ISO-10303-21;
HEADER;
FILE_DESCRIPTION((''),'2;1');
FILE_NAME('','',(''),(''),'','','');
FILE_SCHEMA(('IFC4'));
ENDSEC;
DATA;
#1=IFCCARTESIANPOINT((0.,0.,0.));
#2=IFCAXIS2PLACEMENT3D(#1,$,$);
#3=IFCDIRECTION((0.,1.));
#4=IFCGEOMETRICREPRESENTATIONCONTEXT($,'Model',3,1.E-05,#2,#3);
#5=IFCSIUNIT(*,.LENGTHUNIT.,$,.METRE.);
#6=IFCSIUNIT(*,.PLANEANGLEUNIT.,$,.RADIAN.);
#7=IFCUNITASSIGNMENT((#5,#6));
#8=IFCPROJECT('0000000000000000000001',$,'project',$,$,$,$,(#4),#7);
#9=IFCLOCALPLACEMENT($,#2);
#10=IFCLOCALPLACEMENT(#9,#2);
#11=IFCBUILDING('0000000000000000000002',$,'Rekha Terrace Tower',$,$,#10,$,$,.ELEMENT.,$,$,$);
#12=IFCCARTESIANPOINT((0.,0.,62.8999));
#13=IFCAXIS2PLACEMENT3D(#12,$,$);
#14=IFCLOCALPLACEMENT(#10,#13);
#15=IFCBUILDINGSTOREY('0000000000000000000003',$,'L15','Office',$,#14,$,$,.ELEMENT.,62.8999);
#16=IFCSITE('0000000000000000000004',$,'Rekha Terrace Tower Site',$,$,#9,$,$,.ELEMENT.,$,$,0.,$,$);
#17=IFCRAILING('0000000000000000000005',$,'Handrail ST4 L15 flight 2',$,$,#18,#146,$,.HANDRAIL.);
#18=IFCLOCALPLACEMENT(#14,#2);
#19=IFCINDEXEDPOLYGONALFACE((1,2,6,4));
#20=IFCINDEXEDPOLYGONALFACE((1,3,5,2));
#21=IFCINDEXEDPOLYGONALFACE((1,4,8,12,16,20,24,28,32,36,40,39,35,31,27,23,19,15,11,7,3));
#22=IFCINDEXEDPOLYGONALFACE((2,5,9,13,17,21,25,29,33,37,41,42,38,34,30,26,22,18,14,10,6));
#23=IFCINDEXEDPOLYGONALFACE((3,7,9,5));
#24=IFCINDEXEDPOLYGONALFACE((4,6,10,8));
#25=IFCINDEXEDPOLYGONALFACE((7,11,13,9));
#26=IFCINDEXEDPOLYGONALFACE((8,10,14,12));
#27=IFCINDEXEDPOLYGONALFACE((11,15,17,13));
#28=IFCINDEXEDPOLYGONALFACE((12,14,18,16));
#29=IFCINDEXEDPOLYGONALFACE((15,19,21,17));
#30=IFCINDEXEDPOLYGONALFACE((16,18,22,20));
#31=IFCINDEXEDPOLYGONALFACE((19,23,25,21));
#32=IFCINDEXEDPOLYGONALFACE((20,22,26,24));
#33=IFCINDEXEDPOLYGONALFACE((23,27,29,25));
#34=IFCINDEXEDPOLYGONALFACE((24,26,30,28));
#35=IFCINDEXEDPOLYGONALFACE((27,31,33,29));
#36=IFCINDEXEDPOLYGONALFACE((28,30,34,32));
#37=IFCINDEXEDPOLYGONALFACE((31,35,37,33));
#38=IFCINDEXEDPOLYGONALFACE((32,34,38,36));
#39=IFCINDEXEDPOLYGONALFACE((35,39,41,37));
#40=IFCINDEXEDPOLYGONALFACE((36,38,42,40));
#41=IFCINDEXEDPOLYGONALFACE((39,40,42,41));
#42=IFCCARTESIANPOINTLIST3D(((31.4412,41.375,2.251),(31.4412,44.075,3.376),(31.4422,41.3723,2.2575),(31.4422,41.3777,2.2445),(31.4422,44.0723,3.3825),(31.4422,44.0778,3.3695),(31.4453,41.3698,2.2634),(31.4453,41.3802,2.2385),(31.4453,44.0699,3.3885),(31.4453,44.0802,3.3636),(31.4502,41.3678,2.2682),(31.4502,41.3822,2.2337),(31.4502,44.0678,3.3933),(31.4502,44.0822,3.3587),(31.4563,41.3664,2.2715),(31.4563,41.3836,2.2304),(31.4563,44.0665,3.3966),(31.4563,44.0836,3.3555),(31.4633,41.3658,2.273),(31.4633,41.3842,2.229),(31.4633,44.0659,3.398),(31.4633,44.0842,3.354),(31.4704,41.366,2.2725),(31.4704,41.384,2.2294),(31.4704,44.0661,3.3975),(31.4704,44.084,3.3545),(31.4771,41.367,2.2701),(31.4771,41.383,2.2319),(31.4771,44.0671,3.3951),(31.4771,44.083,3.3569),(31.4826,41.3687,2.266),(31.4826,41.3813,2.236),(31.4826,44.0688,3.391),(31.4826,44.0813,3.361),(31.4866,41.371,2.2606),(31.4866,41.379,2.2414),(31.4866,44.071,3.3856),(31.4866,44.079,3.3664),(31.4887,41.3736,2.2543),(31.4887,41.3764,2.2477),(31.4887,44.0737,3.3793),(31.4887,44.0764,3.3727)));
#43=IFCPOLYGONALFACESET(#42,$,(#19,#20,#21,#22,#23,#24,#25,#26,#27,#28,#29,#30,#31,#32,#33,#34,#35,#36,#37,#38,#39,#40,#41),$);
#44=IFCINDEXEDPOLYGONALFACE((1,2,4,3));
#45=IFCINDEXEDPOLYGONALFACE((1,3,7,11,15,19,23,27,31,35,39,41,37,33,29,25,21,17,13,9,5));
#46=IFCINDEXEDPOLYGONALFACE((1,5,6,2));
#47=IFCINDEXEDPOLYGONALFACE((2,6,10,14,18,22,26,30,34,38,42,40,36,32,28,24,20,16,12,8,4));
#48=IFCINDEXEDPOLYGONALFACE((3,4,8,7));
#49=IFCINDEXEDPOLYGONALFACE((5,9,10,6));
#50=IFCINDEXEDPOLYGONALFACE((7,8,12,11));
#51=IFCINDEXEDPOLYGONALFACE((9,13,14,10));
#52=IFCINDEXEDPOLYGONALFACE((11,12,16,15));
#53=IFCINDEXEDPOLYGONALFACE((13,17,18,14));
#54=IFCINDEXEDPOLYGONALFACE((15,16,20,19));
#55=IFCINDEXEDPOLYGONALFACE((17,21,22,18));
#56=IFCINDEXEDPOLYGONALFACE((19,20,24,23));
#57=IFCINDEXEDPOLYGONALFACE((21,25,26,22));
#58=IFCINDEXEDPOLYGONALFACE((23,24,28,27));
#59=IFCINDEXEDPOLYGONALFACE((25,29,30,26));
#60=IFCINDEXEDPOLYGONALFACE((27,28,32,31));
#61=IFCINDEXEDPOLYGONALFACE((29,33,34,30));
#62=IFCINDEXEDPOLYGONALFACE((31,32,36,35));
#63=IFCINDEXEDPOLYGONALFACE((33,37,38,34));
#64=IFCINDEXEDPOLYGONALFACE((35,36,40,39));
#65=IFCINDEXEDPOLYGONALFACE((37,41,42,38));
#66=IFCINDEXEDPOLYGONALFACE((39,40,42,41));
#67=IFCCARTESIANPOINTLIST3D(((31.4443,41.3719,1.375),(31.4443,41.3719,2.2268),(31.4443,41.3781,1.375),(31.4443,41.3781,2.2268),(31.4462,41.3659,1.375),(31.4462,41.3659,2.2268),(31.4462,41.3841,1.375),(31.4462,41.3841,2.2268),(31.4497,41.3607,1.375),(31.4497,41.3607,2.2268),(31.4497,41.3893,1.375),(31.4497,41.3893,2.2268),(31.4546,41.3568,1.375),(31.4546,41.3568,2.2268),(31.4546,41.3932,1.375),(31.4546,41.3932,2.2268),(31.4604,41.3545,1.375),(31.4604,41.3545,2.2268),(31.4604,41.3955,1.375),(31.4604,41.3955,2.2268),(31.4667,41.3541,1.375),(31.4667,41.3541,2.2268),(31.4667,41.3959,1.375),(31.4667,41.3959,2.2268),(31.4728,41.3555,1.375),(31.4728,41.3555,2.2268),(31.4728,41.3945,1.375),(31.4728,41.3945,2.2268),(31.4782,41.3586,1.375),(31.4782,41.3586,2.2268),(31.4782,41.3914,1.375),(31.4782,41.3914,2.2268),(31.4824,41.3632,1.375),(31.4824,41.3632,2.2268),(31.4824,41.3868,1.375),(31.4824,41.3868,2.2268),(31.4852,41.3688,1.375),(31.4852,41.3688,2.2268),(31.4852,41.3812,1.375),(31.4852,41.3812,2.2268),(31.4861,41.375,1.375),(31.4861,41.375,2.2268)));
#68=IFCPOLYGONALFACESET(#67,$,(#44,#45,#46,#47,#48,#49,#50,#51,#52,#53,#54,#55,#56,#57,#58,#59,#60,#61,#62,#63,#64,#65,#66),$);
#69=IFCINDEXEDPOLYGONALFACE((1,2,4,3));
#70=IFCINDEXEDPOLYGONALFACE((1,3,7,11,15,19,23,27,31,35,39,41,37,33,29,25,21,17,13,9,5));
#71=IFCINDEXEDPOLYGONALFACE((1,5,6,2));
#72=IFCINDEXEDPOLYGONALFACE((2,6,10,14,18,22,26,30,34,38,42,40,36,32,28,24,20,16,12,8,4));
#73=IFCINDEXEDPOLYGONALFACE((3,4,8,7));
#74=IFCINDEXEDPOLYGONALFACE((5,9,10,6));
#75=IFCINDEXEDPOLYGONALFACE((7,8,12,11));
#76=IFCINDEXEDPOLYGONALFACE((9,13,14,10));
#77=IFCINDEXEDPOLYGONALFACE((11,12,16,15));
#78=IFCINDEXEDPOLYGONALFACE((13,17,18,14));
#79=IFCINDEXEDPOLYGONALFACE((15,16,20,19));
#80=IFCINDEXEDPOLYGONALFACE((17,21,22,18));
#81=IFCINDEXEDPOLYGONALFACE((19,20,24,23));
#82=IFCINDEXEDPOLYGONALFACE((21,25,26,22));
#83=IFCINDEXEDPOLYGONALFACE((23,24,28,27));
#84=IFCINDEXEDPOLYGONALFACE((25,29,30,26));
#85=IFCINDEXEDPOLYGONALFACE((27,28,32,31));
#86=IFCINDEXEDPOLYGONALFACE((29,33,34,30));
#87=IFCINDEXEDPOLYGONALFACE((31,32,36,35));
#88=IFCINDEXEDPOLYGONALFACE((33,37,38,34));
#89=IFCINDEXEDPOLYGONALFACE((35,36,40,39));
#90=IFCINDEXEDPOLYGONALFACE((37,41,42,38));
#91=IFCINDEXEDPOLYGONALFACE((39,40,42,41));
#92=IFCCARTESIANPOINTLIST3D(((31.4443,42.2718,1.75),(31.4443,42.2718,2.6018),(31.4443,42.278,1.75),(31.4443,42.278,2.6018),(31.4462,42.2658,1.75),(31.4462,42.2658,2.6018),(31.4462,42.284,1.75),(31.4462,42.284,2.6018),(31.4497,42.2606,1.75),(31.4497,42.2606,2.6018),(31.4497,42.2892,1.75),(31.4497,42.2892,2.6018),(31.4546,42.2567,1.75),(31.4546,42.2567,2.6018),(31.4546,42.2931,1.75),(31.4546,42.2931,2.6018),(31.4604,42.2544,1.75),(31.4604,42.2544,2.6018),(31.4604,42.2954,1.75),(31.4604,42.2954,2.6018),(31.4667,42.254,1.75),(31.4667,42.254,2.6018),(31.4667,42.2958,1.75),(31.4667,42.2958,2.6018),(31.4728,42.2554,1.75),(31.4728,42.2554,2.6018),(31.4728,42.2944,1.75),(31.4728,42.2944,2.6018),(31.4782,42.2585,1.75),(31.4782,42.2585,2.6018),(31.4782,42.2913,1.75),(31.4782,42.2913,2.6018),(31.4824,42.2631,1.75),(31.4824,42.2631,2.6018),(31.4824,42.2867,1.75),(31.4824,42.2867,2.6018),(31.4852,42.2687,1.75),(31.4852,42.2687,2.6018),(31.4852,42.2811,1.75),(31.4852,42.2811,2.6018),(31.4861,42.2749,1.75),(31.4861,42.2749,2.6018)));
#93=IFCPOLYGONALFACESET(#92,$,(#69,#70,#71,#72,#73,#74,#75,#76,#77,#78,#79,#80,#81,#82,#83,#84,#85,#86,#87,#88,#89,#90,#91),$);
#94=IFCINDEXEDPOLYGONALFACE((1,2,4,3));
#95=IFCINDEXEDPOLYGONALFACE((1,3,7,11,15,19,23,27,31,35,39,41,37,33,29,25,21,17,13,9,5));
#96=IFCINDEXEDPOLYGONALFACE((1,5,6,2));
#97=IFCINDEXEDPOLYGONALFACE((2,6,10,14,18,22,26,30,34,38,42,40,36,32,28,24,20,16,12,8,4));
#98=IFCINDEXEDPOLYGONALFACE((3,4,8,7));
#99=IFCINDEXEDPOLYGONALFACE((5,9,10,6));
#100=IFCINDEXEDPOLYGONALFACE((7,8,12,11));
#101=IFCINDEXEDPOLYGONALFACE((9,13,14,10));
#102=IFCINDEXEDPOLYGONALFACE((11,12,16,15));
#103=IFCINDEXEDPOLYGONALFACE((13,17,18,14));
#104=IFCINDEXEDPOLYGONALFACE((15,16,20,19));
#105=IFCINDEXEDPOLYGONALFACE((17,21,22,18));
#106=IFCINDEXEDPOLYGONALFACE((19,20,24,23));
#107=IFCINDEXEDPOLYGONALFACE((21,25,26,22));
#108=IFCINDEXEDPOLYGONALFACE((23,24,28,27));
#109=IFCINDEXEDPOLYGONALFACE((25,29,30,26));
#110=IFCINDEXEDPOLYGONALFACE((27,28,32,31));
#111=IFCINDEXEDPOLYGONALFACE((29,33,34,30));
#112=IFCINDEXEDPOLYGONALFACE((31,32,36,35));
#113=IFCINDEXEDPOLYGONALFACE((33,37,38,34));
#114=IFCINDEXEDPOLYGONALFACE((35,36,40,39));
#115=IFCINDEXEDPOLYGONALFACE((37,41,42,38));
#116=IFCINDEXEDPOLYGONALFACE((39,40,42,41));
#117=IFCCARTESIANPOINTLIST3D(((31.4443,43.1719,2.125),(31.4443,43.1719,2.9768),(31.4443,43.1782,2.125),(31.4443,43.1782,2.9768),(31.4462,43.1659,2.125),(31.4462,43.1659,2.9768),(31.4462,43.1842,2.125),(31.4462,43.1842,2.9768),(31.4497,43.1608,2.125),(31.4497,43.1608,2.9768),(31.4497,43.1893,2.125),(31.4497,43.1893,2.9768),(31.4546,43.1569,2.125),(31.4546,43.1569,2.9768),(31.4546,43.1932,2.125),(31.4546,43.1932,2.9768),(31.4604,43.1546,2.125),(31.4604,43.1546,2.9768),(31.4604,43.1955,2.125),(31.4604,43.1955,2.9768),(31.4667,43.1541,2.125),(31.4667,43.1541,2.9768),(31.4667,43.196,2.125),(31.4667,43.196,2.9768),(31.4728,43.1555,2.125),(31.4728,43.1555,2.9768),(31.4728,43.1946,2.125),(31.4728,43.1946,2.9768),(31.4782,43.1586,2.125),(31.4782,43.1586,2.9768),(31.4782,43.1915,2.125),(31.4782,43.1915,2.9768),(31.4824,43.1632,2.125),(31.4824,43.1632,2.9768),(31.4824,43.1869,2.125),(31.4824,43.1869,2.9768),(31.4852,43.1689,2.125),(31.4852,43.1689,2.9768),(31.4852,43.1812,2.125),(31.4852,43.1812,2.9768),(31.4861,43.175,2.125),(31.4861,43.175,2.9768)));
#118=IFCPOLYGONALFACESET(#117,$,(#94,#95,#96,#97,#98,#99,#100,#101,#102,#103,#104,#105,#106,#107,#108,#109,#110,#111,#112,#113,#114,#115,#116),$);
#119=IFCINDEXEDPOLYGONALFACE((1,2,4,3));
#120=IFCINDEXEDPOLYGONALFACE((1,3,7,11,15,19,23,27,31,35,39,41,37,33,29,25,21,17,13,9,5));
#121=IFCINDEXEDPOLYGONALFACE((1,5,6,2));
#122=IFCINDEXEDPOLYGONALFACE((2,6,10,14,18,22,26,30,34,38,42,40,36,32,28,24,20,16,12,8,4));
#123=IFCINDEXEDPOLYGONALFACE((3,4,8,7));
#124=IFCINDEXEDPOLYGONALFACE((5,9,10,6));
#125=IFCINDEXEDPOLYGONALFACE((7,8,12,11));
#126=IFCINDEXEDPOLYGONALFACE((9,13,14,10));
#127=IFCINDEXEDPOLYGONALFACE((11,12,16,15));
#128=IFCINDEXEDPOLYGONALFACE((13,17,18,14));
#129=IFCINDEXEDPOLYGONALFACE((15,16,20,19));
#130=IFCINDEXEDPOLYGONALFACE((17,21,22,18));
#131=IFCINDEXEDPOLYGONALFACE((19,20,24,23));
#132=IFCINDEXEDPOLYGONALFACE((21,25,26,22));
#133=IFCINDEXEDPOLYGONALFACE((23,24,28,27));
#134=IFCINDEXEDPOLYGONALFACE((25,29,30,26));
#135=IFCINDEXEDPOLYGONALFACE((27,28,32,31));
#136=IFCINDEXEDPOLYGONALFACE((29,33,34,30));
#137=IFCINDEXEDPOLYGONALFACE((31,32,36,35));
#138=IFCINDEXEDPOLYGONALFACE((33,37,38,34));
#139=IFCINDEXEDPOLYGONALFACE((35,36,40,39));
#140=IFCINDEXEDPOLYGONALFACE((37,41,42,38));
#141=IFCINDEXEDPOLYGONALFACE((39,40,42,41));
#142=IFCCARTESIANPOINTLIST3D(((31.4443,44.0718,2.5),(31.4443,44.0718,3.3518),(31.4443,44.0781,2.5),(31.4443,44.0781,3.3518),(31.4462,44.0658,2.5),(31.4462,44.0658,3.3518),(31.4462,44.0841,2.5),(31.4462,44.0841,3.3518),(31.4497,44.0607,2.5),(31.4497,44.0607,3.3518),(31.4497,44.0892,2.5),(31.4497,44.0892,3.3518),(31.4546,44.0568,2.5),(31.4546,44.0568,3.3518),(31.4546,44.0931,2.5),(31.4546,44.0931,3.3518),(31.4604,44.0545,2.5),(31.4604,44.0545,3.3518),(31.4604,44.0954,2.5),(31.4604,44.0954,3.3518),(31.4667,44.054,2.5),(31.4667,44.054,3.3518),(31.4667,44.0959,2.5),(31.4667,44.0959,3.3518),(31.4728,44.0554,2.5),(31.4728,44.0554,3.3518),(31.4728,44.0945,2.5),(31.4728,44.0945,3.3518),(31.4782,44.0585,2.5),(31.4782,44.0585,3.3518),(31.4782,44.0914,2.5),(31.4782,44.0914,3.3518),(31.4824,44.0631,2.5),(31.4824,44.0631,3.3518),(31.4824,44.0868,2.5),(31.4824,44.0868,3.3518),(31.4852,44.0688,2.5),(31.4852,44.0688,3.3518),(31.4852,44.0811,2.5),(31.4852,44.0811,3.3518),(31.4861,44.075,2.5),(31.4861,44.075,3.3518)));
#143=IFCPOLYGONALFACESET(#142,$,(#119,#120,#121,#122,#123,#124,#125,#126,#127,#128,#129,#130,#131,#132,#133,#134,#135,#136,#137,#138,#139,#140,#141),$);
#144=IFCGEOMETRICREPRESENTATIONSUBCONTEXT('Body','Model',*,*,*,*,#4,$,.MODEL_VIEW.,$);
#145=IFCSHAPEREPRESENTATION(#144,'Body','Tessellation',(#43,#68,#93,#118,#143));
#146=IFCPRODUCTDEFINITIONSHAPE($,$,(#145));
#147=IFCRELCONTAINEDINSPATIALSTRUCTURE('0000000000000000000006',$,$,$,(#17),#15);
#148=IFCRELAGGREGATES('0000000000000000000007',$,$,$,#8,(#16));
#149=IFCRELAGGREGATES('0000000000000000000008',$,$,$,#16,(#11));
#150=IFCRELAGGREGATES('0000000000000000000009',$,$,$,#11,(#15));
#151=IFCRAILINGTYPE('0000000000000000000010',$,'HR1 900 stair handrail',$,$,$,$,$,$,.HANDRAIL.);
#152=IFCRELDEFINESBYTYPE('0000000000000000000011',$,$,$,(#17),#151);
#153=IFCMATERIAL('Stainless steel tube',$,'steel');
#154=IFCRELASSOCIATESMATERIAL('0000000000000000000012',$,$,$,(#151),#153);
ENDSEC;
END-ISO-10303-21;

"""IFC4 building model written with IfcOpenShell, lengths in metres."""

from ifc_helpers import new_model, si_unit, direction, frame, origin, origin_2d, place, context, subcontext, project, spatial, circle, extrude, material, type_object, element, save


model = new_model("IFC4")

# Units and contexts
model_context = context("Model", 3, precision=1e-05, world=origin(), true_north=direction((0.0, 1.0)))
body_context = subcontext(model_context, "Body", "Model", "MODEL_VIEW")
ifc_project = project(units=[si_unit("LENGTHUNIT", "METRE"), si_unit("PLANEANGLEUNIT", "RADIAN")], contexts=[model_context])

# Site, building, storey
site_placement = place(None, origin())
site = spatial("IfcSite", under=ifc_project, at=site_placement, Name="Rekha Terrace Tower Site", CompositionType="ELEMENT", RefElevation=0.0)
building_placement = place(site_placement, origin())
building = spatial("IfcBuilding", under=site, at=building_placement, Name="Rekha Terrace Tower", CompositionType="ELEMENT")
storey_placement = place(building_placement, frame((0.0, 0.0, 62.8999)))
storey = spatial("IfcBuildingStorey", under=building, at=storey_placement, Name="L15", Description="Office", CompositionType="ELEMENT", Elevation=62.8999)

# Railing
ifc_material_1 = material(Name="Stainless steel tube", Category="steel")
railing_type_1 = type_object("IfcRailingType", Name="HR1 900 stair handrail", PredefinedType="HANDRAIL", material=ifc_material_1)
railing_1_placement = place(storey_placement, frame((31.4651, 41.375, 1.375)))
element("IfcRailing", 1, at=railing_1_placement, inside=storey, type_object=railing_type_1, Name="Handrail ST4 L15 flight 2", PredefinedType="HANDRAIL", context=body_context, shape_type="SweptSolid", body=[
    extrude(circle(Radius=0.0239, at=origin_2d()), frame((0.0, 0.0, 0.876), z_axis=(0.0, 0.923074, 0.384621), x_axis=(-1.0, 0.0, 0.0)), (0.0, 0.0, 1.0), 2.925),
    extrude(circle(Radius=0.021, at=origin_2d()), origin(), (0.0, 0.0, 1.0), 0.8518),
    extrude(circle(Radius=0.021, at=origin_2d()), frame((0.0, 0.8999, 0.375)), (0.0, 0.0, 1.0), 0.8518),
    extrude(circle(Radius=0.021, at=origin_2d()), frame((0.0, 1.8, 0.75)), (0.0, 0.0, 1.0), 0.8518),
    extrude(circle(Radius=0.021, at=origin_2d()), frame((0.0, 2.7, 1.125)), (0.0, 0.0, 1.0), 0.8518),
])

save(model, "model.ifc")
